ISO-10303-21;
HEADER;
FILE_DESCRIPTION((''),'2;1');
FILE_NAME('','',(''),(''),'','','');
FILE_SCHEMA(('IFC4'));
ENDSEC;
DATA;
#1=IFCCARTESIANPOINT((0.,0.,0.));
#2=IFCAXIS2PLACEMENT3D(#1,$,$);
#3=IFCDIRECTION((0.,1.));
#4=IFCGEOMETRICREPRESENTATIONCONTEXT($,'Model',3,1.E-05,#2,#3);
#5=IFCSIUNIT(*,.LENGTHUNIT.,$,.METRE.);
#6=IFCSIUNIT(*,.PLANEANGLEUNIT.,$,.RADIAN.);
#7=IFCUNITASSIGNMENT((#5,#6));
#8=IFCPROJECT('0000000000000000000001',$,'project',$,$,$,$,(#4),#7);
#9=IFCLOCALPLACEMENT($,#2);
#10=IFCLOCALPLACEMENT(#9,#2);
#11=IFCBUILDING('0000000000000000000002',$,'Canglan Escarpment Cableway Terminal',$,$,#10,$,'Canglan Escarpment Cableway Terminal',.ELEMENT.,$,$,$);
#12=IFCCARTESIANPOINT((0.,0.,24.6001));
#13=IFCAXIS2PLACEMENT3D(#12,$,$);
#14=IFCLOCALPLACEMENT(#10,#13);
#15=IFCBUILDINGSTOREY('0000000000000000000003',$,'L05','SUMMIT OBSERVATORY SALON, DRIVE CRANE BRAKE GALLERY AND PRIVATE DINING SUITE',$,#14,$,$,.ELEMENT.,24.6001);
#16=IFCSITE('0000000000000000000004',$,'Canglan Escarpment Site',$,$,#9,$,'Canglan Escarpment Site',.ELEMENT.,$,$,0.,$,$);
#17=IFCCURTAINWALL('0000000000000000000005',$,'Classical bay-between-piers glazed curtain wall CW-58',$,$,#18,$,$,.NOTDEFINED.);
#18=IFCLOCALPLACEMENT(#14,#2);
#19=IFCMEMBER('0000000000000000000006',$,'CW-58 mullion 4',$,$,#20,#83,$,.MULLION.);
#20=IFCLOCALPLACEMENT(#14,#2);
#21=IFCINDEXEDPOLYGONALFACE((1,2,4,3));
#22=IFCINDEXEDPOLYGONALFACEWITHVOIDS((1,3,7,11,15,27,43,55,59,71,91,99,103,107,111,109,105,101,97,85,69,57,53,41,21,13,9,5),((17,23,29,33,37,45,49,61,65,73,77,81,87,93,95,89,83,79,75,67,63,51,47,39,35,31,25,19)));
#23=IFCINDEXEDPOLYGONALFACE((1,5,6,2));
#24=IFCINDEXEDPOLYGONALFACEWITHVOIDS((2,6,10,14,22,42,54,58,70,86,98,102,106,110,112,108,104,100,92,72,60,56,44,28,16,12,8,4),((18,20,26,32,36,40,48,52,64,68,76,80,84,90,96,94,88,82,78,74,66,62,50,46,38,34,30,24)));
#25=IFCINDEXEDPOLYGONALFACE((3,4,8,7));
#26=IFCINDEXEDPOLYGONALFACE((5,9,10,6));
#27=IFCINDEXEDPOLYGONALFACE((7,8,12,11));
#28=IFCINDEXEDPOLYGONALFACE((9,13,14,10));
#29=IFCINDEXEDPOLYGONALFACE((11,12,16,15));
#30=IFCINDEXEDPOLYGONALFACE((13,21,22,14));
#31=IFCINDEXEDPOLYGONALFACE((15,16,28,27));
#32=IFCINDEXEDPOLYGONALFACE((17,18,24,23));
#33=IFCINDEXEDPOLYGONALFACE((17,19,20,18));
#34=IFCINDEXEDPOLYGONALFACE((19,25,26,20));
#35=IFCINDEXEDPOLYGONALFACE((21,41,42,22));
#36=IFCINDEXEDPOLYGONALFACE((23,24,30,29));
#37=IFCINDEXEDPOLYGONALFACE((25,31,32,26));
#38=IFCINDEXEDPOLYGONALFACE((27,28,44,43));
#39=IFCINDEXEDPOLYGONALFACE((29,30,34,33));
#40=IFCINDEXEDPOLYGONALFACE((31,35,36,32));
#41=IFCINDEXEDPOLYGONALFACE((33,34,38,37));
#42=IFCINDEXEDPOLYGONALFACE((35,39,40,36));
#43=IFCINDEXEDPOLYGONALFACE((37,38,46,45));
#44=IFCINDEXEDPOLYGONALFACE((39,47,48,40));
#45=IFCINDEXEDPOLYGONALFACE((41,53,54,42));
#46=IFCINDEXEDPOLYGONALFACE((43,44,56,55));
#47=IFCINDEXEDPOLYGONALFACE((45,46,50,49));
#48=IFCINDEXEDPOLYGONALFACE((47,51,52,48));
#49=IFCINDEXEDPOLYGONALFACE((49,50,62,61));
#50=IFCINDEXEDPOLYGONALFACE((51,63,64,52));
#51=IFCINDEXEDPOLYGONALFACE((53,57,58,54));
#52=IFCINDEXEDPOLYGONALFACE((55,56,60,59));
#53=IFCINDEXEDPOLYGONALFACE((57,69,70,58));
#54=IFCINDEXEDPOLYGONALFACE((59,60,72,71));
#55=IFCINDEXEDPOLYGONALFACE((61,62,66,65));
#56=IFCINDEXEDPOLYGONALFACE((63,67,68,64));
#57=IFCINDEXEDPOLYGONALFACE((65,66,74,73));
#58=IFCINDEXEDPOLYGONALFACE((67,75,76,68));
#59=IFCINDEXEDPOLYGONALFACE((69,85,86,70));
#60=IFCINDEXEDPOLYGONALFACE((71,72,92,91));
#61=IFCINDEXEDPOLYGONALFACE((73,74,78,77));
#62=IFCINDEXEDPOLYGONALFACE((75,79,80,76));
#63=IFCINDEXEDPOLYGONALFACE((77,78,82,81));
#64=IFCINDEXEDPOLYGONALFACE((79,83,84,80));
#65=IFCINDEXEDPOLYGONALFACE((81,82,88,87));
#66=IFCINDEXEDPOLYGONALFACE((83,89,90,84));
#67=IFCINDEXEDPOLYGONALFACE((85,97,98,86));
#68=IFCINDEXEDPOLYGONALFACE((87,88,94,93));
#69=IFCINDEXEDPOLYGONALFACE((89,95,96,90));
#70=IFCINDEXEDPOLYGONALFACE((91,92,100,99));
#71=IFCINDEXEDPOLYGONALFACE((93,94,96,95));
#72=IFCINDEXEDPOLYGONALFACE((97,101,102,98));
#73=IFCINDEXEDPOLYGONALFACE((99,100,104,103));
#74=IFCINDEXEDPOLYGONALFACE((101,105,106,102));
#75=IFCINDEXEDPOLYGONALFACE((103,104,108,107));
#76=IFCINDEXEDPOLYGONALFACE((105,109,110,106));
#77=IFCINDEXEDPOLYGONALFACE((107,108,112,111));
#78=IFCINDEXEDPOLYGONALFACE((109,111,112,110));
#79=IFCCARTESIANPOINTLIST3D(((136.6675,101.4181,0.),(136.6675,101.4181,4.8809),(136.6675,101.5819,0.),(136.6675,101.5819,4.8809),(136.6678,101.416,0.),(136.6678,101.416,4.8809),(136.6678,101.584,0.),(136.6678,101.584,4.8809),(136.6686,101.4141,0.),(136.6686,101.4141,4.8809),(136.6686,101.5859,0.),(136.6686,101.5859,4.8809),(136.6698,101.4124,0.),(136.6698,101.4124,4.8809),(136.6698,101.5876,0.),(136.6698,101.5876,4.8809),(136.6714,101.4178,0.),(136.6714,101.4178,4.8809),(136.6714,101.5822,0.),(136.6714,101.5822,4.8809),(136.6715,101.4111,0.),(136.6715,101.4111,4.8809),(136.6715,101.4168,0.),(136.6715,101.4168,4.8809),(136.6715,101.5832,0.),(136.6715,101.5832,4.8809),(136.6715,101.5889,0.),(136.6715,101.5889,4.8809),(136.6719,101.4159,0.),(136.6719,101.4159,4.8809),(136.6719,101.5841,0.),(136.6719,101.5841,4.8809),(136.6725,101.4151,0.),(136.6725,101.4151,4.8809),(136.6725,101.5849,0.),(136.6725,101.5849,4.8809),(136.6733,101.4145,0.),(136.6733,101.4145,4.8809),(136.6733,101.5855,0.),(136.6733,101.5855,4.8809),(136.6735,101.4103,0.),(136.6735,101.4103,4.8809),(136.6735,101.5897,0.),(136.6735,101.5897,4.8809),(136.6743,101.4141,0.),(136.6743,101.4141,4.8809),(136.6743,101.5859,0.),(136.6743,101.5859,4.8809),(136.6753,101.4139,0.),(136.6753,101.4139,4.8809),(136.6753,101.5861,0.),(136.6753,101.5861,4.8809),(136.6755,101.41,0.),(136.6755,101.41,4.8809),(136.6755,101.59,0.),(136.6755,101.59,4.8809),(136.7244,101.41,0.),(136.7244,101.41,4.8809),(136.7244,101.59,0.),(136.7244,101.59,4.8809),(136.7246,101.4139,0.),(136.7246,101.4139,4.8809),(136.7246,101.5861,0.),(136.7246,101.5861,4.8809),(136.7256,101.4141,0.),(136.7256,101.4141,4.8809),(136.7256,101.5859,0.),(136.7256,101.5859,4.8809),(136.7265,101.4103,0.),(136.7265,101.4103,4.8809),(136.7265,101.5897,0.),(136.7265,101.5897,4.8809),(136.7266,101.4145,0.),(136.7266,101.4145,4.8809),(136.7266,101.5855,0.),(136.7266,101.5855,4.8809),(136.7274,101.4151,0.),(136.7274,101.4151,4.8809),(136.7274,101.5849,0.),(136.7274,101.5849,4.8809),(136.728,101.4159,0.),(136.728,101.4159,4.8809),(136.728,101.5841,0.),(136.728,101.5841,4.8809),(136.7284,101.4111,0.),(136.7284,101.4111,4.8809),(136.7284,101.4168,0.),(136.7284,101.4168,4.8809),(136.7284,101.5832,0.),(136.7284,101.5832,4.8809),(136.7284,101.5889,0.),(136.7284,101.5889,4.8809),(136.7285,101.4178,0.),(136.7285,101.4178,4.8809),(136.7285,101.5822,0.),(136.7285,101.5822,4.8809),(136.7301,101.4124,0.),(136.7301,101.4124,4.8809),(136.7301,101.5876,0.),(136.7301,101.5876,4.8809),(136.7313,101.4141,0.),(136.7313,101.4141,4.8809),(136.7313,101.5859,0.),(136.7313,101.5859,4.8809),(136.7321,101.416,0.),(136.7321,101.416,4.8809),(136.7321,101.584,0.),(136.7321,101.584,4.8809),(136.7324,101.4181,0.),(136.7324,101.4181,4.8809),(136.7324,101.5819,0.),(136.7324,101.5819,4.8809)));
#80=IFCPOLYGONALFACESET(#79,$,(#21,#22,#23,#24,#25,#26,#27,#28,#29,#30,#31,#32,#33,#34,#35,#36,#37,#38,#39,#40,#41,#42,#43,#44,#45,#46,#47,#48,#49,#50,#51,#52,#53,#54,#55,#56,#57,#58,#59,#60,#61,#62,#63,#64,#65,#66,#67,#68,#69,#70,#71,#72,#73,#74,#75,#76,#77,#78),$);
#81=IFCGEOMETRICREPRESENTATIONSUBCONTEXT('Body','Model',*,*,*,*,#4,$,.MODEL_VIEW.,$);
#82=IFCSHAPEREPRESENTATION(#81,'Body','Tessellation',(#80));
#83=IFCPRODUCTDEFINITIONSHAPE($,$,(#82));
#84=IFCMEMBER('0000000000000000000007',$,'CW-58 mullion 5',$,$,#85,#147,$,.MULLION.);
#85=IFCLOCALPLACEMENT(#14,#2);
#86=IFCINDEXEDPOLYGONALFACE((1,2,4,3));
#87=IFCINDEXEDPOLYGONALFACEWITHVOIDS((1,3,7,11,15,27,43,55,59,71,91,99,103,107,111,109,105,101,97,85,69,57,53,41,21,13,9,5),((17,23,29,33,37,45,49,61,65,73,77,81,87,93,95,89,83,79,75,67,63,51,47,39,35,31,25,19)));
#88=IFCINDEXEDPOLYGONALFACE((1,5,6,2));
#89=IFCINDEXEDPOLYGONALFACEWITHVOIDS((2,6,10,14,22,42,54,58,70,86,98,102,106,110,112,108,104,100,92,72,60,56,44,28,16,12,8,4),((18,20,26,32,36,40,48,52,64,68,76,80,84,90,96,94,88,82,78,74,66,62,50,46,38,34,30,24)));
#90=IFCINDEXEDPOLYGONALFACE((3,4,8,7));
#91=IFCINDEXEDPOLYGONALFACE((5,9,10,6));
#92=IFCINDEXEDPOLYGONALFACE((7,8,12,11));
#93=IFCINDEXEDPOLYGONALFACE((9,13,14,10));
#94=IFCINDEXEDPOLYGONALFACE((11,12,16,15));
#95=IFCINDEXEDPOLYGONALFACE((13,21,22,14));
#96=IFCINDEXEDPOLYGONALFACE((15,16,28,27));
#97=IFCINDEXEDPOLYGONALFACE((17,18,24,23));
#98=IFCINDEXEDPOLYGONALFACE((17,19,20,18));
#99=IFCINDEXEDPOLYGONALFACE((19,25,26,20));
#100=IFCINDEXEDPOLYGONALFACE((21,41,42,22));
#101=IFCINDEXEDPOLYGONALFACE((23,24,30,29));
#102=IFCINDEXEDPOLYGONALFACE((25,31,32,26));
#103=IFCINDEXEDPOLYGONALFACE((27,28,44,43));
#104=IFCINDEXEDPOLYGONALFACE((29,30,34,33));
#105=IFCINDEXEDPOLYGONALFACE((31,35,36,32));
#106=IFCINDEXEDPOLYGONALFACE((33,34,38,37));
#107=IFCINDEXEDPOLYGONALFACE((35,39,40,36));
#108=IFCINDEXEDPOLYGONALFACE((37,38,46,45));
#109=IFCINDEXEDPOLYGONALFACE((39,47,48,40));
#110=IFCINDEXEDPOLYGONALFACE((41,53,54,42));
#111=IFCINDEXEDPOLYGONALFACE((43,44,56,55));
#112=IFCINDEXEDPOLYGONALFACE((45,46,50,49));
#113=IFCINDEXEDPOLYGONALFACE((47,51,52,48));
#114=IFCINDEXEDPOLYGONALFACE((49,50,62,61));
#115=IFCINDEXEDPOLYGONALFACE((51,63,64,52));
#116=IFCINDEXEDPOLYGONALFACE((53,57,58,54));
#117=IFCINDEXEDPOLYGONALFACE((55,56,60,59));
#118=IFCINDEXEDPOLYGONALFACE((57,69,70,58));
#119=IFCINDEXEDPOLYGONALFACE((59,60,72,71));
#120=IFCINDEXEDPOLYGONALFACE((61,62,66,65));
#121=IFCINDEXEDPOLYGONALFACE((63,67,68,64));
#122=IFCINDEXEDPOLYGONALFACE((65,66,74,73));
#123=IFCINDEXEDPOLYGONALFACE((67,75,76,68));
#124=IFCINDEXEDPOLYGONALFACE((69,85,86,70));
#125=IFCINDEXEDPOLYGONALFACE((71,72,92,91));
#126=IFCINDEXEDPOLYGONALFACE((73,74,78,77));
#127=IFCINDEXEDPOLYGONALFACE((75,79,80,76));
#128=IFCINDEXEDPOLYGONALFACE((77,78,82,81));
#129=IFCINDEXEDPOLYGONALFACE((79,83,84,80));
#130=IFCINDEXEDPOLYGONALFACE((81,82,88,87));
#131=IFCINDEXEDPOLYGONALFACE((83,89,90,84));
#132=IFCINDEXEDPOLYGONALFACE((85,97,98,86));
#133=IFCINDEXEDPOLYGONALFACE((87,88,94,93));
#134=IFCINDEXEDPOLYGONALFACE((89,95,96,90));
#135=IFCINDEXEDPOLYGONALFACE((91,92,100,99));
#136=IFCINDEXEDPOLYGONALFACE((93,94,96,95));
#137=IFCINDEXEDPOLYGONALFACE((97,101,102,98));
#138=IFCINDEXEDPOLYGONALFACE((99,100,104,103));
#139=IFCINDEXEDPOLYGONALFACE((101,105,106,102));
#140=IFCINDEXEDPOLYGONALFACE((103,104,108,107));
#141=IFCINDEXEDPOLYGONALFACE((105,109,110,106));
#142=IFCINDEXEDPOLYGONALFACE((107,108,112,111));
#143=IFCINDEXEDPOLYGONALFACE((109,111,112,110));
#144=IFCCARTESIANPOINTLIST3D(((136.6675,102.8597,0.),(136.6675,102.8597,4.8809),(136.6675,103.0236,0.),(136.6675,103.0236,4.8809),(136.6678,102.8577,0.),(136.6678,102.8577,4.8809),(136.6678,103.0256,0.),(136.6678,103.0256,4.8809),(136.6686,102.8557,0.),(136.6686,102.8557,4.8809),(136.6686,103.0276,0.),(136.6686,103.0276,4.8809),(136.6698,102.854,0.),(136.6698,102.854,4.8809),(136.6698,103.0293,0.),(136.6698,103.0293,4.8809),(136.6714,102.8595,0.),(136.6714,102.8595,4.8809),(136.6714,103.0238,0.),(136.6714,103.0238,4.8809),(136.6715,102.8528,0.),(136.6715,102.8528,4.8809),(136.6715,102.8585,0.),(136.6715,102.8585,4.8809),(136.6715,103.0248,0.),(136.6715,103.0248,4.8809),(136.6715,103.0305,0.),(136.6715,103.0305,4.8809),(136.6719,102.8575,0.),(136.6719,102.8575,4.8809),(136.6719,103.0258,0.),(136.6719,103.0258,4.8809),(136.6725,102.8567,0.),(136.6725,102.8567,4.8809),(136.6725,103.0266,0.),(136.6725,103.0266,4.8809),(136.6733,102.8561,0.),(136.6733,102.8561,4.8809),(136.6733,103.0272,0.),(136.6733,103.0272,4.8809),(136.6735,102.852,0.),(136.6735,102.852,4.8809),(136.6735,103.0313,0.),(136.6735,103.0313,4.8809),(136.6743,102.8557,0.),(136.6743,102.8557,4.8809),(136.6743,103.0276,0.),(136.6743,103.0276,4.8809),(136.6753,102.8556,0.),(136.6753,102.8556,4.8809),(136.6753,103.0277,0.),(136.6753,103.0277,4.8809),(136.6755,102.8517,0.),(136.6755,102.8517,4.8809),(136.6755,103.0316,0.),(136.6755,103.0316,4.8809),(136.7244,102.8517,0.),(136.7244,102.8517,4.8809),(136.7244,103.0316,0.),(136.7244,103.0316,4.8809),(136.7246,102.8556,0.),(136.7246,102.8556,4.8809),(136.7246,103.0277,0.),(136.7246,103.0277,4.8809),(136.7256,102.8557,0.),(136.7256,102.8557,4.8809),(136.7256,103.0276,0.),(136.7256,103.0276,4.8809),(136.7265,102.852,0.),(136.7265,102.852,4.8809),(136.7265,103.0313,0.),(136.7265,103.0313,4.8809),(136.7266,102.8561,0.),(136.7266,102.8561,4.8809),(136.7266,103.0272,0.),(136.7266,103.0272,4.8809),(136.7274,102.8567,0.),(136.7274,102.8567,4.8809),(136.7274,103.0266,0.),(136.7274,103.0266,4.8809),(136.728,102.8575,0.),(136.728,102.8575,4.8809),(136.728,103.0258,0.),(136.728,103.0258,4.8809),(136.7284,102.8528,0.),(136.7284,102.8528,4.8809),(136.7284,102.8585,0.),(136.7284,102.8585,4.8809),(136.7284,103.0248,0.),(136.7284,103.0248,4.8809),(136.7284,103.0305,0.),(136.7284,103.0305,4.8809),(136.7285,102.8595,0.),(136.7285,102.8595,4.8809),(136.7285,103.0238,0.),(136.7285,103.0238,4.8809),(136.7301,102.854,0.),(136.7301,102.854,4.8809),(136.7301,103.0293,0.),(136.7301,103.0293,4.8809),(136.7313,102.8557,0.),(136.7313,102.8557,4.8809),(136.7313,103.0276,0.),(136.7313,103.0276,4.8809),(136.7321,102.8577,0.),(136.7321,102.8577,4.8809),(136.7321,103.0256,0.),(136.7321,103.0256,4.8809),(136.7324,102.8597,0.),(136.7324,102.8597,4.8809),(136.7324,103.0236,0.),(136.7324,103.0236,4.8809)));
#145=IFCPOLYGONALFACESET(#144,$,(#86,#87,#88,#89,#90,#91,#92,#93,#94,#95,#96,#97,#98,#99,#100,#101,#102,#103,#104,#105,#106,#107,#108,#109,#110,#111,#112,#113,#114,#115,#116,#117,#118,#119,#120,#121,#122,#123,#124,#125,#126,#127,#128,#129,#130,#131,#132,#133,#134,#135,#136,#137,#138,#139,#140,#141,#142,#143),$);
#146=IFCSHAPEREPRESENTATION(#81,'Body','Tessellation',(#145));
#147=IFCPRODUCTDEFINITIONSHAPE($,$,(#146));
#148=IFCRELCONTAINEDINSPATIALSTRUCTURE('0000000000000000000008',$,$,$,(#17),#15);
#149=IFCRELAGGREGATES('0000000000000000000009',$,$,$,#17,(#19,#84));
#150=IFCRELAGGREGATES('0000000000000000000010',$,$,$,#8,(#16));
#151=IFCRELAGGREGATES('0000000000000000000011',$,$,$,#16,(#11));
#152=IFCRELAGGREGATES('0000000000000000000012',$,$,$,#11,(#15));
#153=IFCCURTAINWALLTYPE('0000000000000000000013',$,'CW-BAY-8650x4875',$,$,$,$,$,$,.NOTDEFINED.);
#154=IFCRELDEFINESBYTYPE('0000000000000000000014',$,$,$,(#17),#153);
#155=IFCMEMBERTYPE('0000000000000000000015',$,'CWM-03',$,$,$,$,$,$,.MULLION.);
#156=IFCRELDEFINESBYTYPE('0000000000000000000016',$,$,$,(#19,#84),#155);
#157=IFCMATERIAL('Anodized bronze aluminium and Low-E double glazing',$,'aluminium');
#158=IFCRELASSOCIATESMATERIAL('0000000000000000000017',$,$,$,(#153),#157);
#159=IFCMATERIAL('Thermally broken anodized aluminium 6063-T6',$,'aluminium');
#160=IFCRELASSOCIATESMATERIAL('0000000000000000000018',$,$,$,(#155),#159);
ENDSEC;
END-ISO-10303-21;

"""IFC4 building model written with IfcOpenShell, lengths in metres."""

from ifc_helpers import new_model, si_unit, direction, frame, origin, origin_2d, place, context, subcontext, project, spatial, hollow_rectangle, extrude, material, material_profile, profile_set, type_object, element, aggregate, save


model = new_model("IFC4")

# Units and contexts
model_context = context("Model", 3, precision=1e-05, world=origin(), true_north=direction((0.0, 1.0)))
body_context = subcontext(model_context, "Body", "Model", "MODEL_VIEW")
ifc_project = project(units=[si_unit("LENGTHUNIT", "METRE"), si_unit("PLANEANGLEUNIT", "RADIAN")], contexts=[model_context])

# Site, building, storey
site_placement = place(None, origin())
site = spatial("IfcSite", under=ifc_project, at=site_placement, Name="Canglan Escarpment Site", LongName="Canglan Escarpment Site", CompositionType="ELEMENT", RefElevation=0.0)
building_placement = place(site_placement, origin())
building = spatial("IfcBuilding", under=site, at=building_placement, Name="Canglan Escarpment Cableway Terminal", LongName="Canglan Escarpment Cableway Terminal", CompositionType="ELEMENT")
storey_placement = place(building_placement, frame((0.0, 0.0, 24.6001)))
storey = spatial("IfcBuildingStorey", under=building, at=storey_placement, Name="L05", Description="SUMMIT OBSERVATORY SALON, DRIVE CRANE BRAKE GALLERY AND PRIVATE DINING SUITE", CompositionType="ELEMENT", Elevation=24.6001)

# Curtain wall, members
ifc_material_1 = material(Name="Anodized bronze aluminium and Low-E double glazing", Category="aluminium")
curtain_wall_type = type_object("IfcCurtainWallType", Name="CW-BAY-8650x4875", PredefinedType="NOTDEFINED", material=ifc_material_1)
curtain_wall_placement = place(storey_placement, origin())
curtain_wall = element("IfcCurtainWall", 1, at=curtain_wall_placement, inside=storey, type_object=curtain_wall_type, Name="Classical bay-between-piers glazed curtain wall CW-58", PredefinedType="NOTDEFINED")
ifc_material_2 = material(Name="Thermally broken anodized aluminium 6063-T6", Category="aluminium")
ifc_material_profile_1 = material_profile(ifc_material_2, hollow_rectangle(XDim=0.0649, YDim=0.1799, WallThickness=0.0039, InnerFilletRadius=0.0039, OuterFilletRadius=0.0081, at=origin_2d()), Name="ALU-MULL 65x180x4")
ifc_profile_set_1 = profile_set([ifc_material_profile_1], Name="Thermally broken anodized aluminium 6063-T6")
member_type_1 = type_object("IfcMemberType", Name="CWM-03", PredefinedType="MULLION", material=ifc_profile_set_1)
member_1_placement = place(storey_placement, frame((136.7, 101.5, 0.0), z_axis=(0.0, 0.0, 1.0), x_axis=(-1.0, 0.0, 0.0)))
member_1 = element("IfcMember", 2, at=member_1_placement, type_object=member_type_1, Name="CW-58 mullion 4", PredefinedType="MULLION", context=body_context, shape_type="SweptSolid", body=[
    extrude(hollow_rectangle(XDim=0.0649, YDim=0.1799, WallThickness=0.0039, InnerFilletRadius=0.0039, OuterFilletRadius=0.0081, at=origin_2d()), origin(), (0.0, 0.0, 1.0), 4.8809),
])
member_2_placement = place(storey_placement, frame((136.7, 102.9417, 0.0), z_axis=(0.0, 0.0, 1.0), x_axis=(-1.0, 0.0, 0.0)))
member_2 = element("IfcMember", 3, at=member_2_placement, type_object=member_type_1, Name="CW-58 mullion 5", PredefinedType="MULLION", context=body_context, shape_type="SweptSolid", body=[
    extrude(hollow_rectangle(XDim=0.0649, YDim=0.1799, WallThickness=0.0039, InnerFilletRadius=0.0039, OuterFilletRadius=0.0081, at=origin_2d()), origin(), (0.0, 0.0, 1.0), 4.8809),
])
aggregate(curtain_wall, [member_1, member_2])

save(model, "model.ifc")
